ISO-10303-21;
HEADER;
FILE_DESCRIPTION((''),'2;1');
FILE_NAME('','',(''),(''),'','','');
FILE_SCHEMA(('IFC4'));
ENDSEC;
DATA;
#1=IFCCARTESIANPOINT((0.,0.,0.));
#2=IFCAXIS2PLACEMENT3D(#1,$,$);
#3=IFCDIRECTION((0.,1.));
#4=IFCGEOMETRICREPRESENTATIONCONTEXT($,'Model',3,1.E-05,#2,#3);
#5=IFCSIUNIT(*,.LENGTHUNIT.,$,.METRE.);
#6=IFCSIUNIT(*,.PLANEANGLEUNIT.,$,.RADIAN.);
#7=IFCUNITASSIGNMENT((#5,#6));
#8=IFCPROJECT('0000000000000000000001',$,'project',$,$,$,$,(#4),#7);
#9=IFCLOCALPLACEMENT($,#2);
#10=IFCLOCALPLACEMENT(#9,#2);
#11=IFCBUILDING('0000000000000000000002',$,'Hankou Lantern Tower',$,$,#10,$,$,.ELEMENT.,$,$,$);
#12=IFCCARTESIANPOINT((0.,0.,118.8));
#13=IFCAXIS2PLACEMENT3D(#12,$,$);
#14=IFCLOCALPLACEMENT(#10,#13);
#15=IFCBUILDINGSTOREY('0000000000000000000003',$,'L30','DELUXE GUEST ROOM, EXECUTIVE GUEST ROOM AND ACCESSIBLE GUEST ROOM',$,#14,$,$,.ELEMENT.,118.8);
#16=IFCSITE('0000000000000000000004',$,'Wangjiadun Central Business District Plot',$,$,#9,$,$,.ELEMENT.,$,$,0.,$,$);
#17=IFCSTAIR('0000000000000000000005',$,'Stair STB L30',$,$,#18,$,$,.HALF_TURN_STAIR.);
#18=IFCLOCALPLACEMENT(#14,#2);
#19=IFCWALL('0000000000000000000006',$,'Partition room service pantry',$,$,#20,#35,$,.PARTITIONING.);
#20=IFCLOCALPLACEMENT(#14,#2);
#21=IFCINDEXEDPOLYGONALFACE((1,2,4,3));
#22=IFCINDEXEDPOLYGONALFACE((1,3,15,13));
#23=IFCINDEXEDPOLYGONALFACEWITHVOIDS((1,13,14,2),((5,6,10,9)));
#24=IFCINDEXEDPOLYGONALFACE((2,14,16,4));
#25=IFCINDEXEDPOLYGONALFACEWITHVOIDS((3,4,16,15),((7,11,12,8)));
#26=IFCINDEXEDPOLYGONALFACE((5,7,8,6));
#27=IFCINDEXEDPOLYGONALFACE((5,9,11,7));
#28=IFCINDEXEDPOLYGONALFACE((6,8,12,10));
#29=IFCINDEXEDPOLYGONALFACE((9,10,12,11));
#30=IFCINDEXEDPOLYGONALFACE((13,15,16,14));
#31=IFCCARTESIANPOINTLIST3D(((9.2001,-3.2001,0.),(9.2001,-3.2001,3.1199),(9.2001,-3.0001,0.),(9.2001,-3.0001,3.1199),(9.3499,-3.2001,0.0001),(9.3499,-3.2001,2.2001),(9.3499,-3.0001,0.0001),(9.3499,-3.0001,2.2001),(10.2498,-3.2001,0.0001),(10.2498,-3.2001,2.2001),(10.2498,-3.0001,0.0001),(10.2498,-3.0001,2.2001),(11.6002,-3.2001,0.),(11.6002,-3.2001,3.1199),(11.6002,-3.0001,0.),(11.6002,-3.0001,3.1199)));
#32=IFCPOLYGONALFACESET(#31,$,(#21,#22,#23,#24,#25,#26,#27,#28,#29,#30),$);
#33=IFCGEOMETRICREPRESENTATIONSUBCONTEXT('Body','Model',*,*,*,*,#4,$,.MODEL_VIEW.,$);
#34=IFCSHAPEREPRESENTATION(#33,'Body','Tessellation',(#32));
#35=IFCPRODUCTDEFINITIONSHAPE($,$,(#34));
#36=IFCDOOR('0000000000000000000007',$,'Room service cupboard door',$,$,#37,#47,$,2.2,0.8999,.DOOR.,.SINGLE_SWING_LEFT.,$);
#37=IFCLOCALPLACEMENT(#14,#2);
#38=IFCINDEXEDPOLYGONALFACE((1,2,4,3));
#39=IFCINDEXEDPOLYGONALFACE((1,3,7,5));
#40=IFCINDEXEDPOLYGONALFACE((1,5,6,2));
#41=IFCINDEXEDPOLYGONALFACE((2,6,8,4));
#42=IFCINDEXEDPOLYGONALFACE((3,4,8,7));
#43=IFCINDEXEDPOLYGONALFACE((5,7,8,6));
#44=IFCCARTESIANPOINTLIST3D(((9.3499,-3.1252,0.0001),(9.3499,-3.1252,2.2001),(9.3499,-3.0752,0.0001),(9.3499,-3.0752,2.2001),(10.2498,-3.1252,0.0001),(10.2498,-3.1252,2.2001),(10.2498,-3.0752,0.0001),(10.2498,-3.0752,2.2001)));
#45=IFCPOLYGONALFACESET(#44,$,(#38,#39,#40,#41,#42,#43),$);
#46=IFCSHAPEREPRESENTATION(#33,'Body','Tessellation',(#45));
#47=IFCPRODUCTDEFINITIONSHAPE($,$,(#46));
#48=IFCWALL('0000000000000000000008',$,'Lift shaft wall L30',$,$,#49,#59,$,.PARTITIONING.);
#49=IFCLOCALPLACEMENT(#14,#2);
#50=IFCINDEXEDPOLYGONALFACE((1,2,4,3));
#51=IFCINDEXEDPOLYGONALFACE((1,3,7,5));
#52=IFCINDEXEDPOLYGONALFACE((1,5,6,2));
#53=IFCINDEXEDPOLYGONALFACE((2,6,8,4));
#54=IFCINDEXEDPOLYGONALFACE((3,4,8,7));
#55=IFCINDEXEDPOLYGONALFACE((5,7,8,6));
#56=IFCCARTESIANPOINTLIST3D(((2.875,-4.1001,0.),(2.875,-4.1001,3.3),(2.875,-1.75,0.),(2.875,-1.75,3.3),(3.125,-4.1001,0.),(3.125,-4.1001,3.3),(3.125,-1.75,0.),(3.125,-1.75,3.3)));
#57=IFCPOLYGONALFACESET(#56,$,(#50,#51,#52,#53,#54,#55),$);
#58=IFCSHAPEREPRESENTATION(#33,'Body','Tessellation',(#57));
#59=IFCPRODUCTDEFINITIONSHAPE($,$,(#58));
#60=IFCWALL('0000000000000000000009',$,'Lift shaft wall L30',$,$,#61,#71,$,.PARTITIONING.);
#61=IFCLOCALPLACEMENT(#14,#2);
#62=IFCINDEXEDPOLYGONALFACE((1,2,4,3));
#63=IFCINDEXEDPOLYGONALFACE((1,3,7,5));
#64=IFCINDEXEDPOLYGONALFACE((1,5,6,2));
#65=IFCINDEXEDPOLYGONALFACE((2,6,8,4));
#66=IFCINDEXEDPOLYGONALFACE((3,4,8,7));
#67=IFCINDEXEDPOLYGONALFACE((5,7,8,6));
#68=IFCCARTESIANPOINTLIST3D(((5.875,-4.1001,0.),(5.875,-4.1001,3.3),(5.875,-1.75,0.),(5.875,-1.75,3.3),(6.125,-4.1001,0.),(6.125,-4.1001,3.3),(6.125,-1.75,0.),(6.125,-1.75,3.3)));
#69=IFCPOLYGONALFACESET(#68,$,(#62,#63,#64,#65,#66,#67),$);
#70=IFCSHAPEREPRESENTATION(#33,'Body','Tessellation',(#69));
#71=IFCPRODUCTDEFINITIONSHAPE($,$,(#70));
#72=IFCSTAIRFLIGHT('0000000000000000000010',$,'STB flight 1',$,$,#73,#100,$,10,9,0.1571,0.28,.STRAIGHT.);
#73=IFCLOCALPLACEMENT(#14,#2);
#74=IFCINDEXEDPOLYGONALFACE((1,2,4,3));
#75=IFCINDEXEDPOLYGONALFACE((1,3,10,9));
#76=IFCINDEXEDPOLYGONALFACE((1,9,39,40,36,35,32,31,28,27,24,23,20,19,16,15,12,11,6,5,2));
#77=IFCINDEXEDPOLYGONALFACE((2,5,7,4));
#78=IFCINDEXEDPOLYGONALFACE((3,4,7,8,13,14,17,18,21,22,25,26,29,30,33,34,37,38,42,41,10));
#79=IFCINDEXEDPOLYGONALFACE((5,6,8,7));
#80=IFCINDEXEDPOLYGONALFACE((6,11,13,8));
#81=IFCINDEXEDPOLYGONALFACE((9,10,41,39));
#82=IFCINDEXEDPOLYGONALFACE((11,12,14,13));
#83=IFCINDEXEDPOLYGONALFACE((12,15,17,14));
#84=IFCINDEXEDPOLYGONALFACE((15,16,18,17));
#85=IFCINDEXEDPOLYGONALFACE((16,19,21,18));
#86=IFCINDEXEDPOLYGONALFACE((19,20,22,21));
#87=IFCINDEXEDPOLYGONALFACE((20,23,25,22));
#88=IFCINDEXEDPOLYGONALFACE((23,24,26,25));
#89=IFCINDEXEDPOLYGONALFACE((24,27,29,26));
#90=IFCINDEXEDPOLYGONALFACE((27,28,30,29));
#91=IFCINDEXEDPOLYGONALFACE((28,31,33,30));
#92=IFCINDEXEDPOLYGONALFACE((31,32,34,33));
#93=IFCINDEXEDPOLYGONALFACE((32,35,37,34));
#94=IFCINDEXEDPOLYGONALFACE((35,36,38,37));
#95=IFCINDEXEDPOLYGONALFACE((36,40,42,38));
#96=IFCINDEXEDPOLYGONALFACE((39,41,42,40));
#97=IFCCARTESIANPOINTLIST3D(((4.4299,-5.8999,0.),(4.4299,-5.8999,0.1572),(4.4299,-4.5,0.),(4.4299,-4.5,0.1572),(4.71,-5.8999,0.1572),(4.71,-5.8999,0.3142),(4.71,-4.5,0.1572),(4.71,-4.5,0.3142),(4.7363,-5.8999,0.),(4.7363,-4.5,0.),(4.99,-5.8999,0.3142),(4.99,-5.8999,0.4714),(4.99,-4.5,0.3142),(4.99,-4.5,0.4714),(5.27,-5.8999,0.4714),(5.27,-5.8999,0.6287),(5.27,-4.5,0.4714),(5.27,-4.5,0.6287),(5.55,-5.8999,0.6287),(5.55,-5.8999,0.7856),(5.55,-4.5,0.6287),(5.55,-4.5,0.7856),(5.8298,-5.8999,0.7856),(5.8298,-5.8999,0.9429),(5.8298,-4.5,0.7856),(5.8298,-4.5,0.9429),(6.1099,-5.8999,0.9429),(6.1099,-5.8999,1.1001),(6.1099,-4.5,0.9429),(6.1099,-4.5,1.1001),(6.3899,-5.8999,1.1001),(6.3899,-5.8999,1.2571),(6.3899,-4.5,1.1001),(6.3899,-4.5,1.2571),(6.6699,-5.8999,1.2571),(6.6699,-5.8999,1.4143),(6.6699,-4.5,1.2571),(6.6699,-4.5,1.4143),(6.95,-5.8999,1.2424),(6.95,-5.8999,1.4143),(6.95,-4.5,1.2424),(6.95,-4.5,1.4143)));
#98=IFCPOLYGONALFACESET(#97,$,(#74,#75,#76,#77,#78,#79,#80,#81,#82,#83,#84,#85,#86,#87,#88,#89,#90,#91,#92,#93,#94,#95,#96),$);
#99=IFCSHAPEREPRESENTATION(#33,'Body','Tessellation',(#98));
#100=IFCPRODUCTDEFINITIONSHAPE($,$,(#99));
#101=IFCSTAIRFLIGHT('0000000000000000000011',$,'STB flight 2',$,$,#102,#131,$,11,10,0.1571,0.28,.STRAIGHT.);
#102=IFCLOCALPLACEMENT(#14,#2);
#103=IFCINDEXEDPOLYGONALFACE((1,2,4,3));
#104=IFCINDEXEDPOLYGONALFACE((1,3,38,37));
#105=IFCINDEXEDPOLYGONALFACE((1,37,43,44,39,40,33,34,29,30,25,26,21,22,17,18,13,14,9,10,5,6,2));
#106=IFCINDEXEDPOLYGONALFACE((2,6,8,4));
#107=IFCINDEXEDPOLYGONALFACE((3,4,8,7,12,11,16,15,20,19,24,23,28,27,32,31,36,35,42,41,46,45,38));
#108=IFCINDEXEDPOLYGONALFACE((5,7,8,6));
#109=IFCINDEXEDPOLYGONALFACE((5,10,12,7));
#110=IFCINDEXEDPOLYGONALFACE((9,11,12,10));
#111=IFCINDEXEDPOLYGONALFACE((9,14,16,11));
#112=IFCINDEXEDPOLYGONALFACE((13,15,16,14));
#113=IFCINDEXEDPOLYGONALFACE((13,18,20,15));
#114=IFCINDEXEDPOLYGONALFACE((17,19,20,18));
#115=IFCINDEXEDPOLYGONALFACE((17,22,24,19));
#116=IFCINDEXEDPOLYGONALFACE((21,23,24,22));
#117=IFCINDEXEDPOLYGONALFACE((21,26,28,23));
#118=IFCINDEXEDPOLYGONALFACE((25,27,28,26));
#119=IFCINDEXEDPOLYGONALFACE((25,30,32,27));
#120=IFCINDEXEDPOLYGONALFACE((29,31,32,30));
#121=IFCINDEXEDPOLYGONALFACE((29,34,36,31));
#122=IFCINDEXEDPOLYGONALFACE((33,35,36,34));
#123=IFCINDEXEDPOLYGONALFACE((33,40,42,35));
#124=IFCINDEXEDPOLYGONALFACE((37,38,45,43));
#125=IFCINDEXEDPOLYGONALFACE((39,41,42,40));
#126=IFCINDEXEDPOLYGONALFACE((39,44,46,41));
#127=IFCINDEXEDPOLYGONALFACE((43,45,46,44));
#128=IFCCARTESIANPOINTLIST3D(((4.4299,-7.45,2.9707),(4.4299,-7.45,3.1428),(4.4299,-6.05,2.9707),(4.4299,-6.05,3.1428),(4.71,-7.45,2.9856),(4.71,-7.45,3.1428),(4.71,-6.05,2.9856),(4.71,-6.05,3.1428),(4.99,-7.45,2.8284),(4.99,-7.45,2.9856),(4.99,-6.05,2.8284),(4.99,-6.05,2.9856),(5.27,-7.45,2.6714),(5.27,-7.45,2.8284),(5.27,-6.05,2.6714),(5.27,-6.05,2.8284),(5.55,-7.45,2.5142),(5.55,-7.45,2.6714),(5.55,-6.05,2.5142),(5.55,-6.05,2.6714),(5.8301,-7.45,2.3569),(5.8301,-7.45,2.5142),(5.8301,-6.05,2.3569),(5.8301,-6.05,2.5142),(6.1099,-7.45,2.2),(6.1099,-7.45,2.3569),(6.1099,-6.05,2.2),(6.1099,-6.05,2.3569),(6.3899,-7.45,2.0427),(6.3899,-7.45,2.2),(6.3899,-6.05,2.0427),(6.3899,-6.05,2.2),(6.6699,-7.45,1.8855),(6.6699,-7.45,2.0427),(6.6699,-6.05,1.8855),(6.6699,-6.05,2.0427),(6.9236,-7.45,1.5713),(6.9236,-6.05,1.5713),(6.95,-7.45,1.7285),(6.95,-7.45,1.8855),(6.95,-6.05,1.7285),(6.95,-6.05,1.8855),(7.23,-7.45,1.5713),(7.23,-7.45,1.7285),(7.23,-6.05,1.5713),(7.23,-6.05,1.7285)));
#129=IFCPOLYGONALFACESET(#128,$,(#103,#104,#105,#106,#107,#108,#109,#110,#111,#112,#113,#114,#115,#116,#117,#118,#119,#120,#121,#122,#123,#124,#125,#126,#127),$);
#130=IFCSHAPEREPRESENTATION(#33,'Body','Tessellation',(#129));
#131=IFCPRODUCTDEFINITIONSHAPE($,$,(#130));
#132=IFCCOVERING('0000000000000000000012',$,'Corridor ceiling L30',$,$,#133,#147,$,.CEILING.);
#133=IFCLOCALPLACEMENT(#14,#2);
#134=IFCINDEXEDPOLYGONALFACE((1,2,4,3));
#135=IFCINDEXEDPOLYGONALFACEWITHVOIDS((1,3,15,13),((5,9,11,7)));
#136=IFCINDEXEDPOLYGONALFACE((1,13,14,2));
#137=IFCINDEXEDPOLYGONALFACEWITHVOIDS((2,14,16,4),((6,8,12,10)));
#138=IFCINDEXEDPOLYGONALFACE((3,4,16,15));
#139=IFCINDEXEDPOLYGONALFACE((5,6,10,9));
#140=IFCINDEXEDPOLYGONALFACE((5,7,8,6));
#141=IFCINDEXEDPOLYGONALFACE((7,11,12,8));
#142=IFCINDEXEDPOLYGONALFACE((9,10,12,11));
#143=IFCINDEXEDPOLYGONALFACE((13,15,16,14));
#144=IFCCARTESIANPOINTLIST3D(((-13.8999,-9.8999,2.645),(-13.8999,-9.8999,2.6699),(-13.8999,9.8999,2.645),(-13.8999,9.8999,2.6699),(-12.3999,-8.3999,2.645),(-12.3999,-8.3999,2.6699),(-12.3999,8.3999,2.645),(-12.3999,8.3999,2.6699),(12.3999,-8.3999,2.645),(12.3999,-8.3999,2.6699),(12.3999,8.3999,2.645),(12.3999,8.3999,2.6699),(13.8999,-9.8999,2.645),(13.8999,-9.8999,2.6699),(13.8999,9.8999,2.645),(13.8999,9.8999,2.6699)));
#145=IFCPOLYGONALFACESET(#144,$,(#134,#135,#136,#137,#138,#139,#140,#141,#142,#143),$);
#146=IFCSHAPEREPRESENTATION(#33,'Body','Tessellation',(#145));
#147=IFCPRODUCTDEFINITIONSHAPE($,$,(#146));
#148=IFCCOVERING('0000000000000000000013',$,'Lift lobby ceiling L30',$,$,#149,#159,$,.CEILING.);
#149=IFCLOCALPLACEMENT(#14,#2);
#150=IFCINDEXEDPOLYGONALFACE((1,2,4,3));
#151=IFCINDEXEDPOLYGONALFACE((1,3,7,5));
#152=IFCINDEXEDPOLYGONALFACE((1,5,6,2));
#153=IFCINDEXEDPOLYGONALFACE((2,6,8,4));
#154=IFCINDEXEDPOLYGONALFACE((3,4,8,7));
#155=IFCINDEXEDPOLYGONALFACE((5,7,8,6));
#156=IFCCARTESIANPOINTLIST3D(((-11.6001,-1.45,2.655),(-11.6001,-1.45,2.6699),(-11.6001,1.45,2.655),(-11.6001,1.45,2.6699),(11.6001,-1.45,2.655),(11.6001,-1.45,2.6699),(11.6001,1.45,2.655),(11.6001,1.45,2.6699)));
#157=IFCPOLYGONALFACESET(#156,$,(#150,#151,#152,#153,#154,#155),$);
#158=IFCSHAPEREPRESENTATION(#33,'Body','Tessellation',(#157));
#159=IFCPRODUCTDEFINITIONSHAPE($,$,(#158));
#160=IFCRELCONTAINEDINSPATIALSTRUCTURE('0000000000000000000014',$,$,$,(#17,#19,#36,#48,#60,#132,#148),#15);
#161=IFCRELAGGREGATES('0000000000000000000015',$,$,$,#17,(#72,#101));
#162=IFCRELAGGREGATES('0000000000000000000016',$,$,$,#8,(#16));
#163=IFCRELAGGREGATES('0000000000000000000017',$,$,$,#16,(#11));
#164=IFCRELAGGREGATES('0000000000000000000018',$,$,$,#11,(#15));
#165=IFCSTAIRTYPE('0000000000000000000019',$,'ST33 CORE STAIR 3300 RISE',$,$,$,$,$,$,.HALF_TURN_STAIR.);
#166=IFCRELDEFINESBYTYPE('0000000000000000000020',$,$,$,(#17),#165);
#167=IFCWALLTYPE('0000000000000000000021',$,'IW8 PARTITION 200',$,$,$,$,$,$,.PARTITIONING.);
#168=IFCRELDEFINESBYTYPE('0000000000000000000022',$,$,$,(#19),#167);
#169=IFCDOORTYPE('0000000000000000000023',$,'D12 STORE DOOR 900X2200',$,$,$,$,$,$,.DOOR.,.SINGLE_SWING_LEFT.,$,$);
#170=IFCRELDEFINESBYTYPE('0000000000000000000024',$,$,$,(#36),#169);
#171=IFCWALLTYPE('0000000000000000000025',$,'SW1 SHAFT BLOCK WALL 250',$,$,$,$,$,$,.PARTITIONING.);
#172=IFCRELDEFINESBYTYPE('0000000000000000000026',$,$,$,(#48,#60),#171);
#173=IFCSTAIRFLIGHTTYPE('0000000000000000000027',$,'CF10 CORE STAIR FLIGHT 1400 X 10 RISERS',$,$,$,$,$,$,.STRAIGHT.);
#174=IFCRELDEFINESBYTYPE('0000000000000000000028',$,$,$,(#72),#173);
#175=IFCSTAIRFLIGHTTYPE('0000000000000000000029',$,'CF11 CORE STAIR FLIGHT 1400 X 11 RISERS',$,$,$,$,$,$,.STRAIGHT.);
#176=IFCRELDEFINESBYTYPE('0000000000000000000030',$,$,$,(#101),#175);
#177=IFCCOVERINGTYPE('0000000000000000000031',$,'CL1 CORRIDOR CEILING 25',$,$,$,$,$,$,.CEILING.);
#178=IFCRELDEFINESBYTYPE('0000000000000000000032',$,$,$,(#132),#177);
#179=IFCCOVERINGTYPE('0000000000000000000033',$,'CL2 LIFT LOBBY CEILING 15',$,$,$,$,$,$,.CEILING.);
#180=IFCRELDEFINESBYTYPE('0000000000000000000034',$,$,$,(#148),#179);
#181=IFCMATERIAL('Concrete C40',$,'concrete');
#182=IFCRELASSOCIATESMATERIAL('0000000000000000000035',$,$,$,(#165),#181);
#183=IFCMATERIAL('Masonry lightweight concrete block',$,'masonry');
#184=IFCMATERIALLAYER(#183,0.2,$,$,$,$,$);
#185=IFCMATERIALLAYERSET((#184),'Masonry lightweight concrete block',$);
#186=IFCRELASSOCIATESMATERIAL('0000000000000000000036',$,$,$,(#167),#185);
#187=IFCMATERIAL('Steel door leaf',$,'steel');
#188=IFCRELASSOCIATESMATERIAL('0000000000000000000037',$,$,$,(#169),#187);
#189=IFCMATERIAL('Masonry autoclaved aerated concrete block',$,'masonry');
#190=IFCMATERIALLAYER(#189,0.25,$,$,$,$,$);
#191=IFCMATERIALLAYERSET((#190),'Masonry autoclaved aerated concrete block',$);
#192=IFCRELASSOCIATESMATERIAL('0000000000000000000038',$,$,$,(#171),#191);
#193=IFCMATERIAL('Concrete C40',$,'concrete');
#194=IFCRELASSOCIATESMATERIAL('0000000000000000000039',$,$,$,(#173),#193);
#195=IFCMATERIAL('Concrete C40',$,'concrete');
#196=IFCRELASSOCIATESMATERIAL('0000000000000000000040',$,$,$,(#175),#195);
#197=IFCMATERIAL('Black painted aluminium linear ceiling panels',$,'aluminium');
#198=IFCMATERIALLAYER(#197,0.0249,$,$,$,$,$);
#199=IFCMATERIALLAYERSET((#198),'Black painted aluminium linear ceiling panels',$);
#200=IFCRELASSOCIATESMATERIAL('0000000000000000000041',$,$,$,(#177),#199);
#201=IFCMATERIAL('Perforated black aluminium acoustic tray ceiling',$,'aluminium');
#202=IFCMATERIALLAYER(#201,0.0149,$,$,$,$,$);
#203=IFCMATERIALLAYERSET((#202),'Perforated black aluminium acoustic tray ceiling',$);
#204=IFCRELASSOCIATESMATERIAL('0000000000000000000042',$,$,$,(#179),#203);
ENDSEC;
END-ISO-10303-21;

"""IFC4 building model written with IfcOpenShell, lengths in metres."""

from ifc_helpers import new_model, si_unit, direction, frame, frame_2d, origin, place, context, subcontext, project, spatial, polyline, rectangle, outline, extrude, material, layer, layer_set, type_object, element, fill, aggregate, save


model = new_model("IFC4")

# Units and contexts
model_context = context("Model", 3, precision=1e-05, world=origin(), true_north=direction((0.0, 1.0)))
body_context = subcontext(model_context, "Body", "Model", "MODEL_VIEW")
ifc_project = project(units=[si_unit("LENGTHUNIT", "METRE"), si_unit("PLANEANGLEUNIT", "RADIAN")], contexts=[model_context])

# Site, building, storey
site_placement = place(None, origin())
site = spatial("IfcSite", under=ifc_project, at=site_placement, Name="Wangjiadun Central Business District Plot", CompositionType="ELEMENT", RefElevation=0.0)
building_placement = place(site_placement, origin())
building = spatial("IfcBuilding", under=site, at=building_placement, Name="Hankou Lantern Tower", CompositionType="ELEMENT")
storey_placement = place(building_placement, frame((0.0, 0.0, 118.8)))
storey = spatial("IfcBuildingStorey", under=building, at=storey_placement, Name="L30", Description="DELUXE GUEST ROOM, EXECUTIVE GUEST ROOM AND ACCESSIBLE GUEST ROOM", CompositionType="ELEMENT", Elevation=118.8)

# Stair
ifc_material_1 = material(Name="Concrete C40", Category="concrete")
stair_type = type_object("IfcStairType", Name="ST33 CORE STAIR 3300 RISE", PredefinedType="HALF_TURN_STAIR", material=ifc_material_1)
stair_1_placement = place(storey_placement, origin())
stair_1 = element("IfcStair", 1, at=stair_1_placement, inside=storey, type_object=stair_type, Name="Stair STB L30", PredefinedType="HALF_TURN_STAIR")

# Wall, opening, door
ifc_material_2 = material(Name="Masonry lightweight concrete block", Category="masonry")
ifc_layer_1 = layer(ifc_material_2, 0.2)
ifc_layer_set_1 = layer_set([ifc_layer_1], Name="Masonry lightweight concrete block")
wall_type_1 = type_object("IfcWallType", Name="IW8 PARTITION 200", PredefinedType="PARTITIONING", material=ifc_layer_set_1)
wall_1_placement = place(storey_placement, frame((9.2, -3.1001, 0.0), z_axis=(0.0, 0.0, 1.0), x_axis=(1.0, 0.0, 0.0)))
wall_1 = element("IfcWall", 2, at=wall_1_placement, inside=storey, type_object=wall_type_1, Name="Partition room service pantry", PredefinedType="PARTITIONING", context=body_context, shape_type="SweptSolid", body=[
    extrude(rectangle(XDim=2.4001, YDim=0.2, at=frame_2d((1.2002, 0.0))), origin(), (0.0, 0.0, 1.0), 3.1199),
])
opening_1_placement = place(wall_1_placement, frame((0.1499, 0.0, 0.0)))
opening_1 = element("IfcOpeningElement", 3, at=opening_1_placement, cuts=wall_1, PredefinedType="OPENING", context=body_context, shape_type="SweptSolid", body=[
    extrude(rectangle(XDim=0.8999, YDim=2.2, at=frame_2d((0.45, 1.1001))), frame((0.0, 0.1099, 0.0), z_axis=(0.0, -1.0, 0.0), x_axis=(1.0, 0.0, 0.0)), (0.0, 0.0, 1.0), 0.22),
])
ifc_material_3 = material(Name="Steel door leaf", Category="steel")
door_type_1 = type_object("IfcDoorType", Name="D12 STORE DOOR 900X2200", OperationType="SINGLE_SWING_LEFT", PredefinedType="DOOR", material=ifc_material_3)
door_1_placement = place(opening_1_placement, origin())
door_1 = element("IfcDoor", 4, at=door_1_placement, inside=storey, type_object=door_type_1, Name="Room service cupboard door", OperationType="SINGLE_SWING_LEFT", OverallHeight=2.2, OverallWidth=0.8999, PredefinedType="DOOR", context=body_context, shape_type="SweptSolid", body=[
    extrude(rectangle(XDim=0.8999, YDim=2.2, at=frame_2d((0.45, 1.1001))), frame((0.0, 0.0249, 0.0), z_axis=(0.0, -1.0, 0.0), x_axis=(1.0, 0.0, 0.0)), (0.0, 0.0, 1.0), 0.05),
])
fill(opening_1, door_1)

# Walls
ifc_material_4 = material(Name="Masonry autoclaved aerated concrete block", Category="masonry")
ifc_layer_2 = layer(ifc_material_4, 0.25)
ifc_layer_set_2 = layer_set([ifc_layer_2], Name="Masonry autoclaved aerated concrete block")
wall_type_2 = type_object("IfcWallType", Name="SW1 SHAFT BLOCK WALL 250", PredefinedType="PARTITIONING", material=ifc_layer_set_2)
for number, where, z_axis, x_axis, name in (
    (5, (3.0, -4.1001, 0.0), (0.0, 0.0, 1.0), (0.0, 1.0, 0.0), "Lift shaft wall L30"),
    (6, (6.0, -4.1001, 0.0), (0.0, 0.0, 1.0), (0.0, 1.0, 0.0), "Lift shaft wall L30"),
):
    element("IfcWall", number, at=place(storey_placement, frame(where, z_axis=z_axis, x_axis=x_axis)), inside=storey, type_object=wall_type_2, Name=name, PredefinedType="PARTITIONING", context=body_context, shape_type="SweptSolid", body=[
        extrude(rectangle(XDim=2.3501, YDim=0.25, at=frame_2d((1.175, 0.0))), origin(), (0.0, 0.0, 1.0), 3.3),
    ])

# Stair flights
ifc_material_5 = material(Name="Concrete C40", Category="concrete")
stair_flight_type_1 = type_object("IfcStairFlightType", Name="CF10 CORE STAIR FLIGHT 1400 X 10 RISERS", PredefinedType="STRAIGHT", material=ifc_material_5)
stair_flight_1_placement = place(storey_placement, frame((4.4299, -5.2, 0.0), z_axis=(0.0, 0.0, 1.0), x_axis=(1.0, 0.0, 0.0)))
stair_flight_1 = element("IfcStairFlight", 7, at=stair_flight_1_placement, type_object=stair_flight_type_1, Name="STB flight 1", NumberOfRisers=10, NumberOfTreads=9, PredefinedType="STRAIGHT", RiserHeight=0.1571, TreadLength=0.28, context=body_context, shape_type="SweptSolid", body=[
    extrude(outline(polyline([(0.0, 0.0), (0.0, 0.1572), (0.28, 0.1572), (0.28, 0.3142), (0.5601, 0.3142), (0.5601, 0.4714), (0.8401, 0.4714), (0.8401, 0.6287), (1.1201, 0.6287), (1.1201, 0.7856), (1.3999, 0.7856), (1.3999, 0.9429), (1.6799, 0.9429), (1.6799, 1.1001), (1.96, 1.1001), (1.96, 1.2571), (2.24, 1.2571), (2.24, 1.4143), (2.52, 1.4143), (2.52, 1.5715), (2.52, 1.2424), (0.3064, 0.0), (0.0, 0.0)])), frame((0.0, 0.7, 0.0), z_axis=(0.0, -1.0, 0.0), x_axis=(1.0, 0.0, 0.0)), (0.0, 0.0, 1.0), 1.3999),
])
ifc_material_6 = material(Name="Concrete C40", Category="concrete")
stair_flight_type_2 = type_object("IfcStairFlightType", Name="CF11 CORE STAIR FLIGHT 1400 X 11 RISERS", PredefinedType="STRAIGHT", material=ifc_material_6)
stair_flight_2_placement = place(storey_placement, frame((7.23, -6.75, 1.5713), z_axis=(0.0, 0.0, 1.0), x_axis=(-1.0, 0.0, 0.0)))
stair_flight_2 = element("IfcStairFlight", 8, at=stair_flight_2_placement, type_object=stair_flight_type_2, Name="STB flight 2", NumberOfRisers=11, NumberOfTreads=10, PredefinedType="STRAIGHT", RiserHeight=0.1571, TreadLength=0.28, context=body_context, shape_type="SweptSolid", body=[
    extrude(outline(polyline([(0.0, 0.0), (0.0, 0.1572), (0.28, 0.1572), (0.28, 0.3142), (0.5601, 0.3142), (0.5601, 0.4714), (0.8401, 0.4714), (0.8401, 0.6287), (1.1201, 0.6287), (1.1201, 0.7856), (1.3999, 0.7856), (1.3999, 0.9429), (1.6799, 0.9429), (1.6799, 1.1001), (1.96, 1.1001), (1.96, 1.2571), (2.24, 1.2571), (2.24, 1.4143), (2.52, 1.4143), (2.52, 1.5715), (2.8, 1.5715), (2.8, 1.7285), (2.8, 1.3994), (0.3064, 0.0), (0.0, 0.0)])), frame((0.0, 0.7, 0.0), z_axis=(0.0, -1.0, 0.0), x_axis=(1.0, 0.0, 0.0)), (0.0, 0.0, 1.0), 1.3999),
])
aggregate(stair_1, [stair_flight_1, stair_flight_2])

# Coverings
ifc_material_7 = material(Name="Black painted aluminium linear ceiling panels", Category="aluminium")
ifc_layer_3 = layer(ifc_material_7, 0.0249)
ifc_layer_set_3 = layer_set([ifc_layer_3], Name="Black painted aluminium linear ceiling panels")
covering_type_1 = type_object("IfcCoveringType", Name="CL1 CORRIDOR CEILING 25", PredefinedType="CEILING", material=ifc_layer_set_3)
covering_1_placement = place(storey_placement, frame((0.0, 0.0, 2.645)))
element("IfcCovering", 9, at=covering_1_placement, inside=storey, type_object=covering_type_1, Name="Corridor ceiling L30", PredefinedType="CEILING", context=body_context, shape_type="SweptSolid", body=[
    extrude(outline(polyline([(-13.8999, -9.8999), (13.8999, -9.8999), (13.8999, 9.8999), (-13.8999, 9.8999), (-13.8999, -9.8999)]), holes=[polyline([(-12.3999, 8.3999), (12.3999, 8.3999), (12.3999, -8.3999), (-12.3999, -8.3999), (-12.3999, 8.3999)])]), origin(), (0.0, 0.0, 1.0), 0.0249),
])
ifc_material_8 = material(Name="Perforated black aluminium acoustic tray ceiling", Category="aluminium")
ifc_layer_4 = layer(ifc_material_8, 0.0149)
ifc_layer_set_4 = layer_set([ifc_layer_4], Name="Perforated black aluminium acoustic tray ceiling")
covering_type_2 = type_object("IfcCoveringType", Name="CL2 LIFT LOBBY CEILING 15", PredefinedType="CEILING", material=ifc_layer_set_4)
covering_2_placement = place(storey_placement, frame((0.0, 0.0, 2.655)))
element("IfcCovering", 10, at=covering_2_placement, inside=storey, type_object=covering_type_2, Name="Lift lobby ceiling L30", PredefinedType="CEILING", context=body_context, shape_type="SweptSolid", body=[
    extrude(outline(polyline([(-11.6001, -1.45), (11.6001, -1.45), (11.6001, 1.45), (-11.6001, 1.45), (-11.6001, -1.45)])), origin(), (0.0, 0.0, 1.0), 0.0149),
])

save(model, "model.ifc")
